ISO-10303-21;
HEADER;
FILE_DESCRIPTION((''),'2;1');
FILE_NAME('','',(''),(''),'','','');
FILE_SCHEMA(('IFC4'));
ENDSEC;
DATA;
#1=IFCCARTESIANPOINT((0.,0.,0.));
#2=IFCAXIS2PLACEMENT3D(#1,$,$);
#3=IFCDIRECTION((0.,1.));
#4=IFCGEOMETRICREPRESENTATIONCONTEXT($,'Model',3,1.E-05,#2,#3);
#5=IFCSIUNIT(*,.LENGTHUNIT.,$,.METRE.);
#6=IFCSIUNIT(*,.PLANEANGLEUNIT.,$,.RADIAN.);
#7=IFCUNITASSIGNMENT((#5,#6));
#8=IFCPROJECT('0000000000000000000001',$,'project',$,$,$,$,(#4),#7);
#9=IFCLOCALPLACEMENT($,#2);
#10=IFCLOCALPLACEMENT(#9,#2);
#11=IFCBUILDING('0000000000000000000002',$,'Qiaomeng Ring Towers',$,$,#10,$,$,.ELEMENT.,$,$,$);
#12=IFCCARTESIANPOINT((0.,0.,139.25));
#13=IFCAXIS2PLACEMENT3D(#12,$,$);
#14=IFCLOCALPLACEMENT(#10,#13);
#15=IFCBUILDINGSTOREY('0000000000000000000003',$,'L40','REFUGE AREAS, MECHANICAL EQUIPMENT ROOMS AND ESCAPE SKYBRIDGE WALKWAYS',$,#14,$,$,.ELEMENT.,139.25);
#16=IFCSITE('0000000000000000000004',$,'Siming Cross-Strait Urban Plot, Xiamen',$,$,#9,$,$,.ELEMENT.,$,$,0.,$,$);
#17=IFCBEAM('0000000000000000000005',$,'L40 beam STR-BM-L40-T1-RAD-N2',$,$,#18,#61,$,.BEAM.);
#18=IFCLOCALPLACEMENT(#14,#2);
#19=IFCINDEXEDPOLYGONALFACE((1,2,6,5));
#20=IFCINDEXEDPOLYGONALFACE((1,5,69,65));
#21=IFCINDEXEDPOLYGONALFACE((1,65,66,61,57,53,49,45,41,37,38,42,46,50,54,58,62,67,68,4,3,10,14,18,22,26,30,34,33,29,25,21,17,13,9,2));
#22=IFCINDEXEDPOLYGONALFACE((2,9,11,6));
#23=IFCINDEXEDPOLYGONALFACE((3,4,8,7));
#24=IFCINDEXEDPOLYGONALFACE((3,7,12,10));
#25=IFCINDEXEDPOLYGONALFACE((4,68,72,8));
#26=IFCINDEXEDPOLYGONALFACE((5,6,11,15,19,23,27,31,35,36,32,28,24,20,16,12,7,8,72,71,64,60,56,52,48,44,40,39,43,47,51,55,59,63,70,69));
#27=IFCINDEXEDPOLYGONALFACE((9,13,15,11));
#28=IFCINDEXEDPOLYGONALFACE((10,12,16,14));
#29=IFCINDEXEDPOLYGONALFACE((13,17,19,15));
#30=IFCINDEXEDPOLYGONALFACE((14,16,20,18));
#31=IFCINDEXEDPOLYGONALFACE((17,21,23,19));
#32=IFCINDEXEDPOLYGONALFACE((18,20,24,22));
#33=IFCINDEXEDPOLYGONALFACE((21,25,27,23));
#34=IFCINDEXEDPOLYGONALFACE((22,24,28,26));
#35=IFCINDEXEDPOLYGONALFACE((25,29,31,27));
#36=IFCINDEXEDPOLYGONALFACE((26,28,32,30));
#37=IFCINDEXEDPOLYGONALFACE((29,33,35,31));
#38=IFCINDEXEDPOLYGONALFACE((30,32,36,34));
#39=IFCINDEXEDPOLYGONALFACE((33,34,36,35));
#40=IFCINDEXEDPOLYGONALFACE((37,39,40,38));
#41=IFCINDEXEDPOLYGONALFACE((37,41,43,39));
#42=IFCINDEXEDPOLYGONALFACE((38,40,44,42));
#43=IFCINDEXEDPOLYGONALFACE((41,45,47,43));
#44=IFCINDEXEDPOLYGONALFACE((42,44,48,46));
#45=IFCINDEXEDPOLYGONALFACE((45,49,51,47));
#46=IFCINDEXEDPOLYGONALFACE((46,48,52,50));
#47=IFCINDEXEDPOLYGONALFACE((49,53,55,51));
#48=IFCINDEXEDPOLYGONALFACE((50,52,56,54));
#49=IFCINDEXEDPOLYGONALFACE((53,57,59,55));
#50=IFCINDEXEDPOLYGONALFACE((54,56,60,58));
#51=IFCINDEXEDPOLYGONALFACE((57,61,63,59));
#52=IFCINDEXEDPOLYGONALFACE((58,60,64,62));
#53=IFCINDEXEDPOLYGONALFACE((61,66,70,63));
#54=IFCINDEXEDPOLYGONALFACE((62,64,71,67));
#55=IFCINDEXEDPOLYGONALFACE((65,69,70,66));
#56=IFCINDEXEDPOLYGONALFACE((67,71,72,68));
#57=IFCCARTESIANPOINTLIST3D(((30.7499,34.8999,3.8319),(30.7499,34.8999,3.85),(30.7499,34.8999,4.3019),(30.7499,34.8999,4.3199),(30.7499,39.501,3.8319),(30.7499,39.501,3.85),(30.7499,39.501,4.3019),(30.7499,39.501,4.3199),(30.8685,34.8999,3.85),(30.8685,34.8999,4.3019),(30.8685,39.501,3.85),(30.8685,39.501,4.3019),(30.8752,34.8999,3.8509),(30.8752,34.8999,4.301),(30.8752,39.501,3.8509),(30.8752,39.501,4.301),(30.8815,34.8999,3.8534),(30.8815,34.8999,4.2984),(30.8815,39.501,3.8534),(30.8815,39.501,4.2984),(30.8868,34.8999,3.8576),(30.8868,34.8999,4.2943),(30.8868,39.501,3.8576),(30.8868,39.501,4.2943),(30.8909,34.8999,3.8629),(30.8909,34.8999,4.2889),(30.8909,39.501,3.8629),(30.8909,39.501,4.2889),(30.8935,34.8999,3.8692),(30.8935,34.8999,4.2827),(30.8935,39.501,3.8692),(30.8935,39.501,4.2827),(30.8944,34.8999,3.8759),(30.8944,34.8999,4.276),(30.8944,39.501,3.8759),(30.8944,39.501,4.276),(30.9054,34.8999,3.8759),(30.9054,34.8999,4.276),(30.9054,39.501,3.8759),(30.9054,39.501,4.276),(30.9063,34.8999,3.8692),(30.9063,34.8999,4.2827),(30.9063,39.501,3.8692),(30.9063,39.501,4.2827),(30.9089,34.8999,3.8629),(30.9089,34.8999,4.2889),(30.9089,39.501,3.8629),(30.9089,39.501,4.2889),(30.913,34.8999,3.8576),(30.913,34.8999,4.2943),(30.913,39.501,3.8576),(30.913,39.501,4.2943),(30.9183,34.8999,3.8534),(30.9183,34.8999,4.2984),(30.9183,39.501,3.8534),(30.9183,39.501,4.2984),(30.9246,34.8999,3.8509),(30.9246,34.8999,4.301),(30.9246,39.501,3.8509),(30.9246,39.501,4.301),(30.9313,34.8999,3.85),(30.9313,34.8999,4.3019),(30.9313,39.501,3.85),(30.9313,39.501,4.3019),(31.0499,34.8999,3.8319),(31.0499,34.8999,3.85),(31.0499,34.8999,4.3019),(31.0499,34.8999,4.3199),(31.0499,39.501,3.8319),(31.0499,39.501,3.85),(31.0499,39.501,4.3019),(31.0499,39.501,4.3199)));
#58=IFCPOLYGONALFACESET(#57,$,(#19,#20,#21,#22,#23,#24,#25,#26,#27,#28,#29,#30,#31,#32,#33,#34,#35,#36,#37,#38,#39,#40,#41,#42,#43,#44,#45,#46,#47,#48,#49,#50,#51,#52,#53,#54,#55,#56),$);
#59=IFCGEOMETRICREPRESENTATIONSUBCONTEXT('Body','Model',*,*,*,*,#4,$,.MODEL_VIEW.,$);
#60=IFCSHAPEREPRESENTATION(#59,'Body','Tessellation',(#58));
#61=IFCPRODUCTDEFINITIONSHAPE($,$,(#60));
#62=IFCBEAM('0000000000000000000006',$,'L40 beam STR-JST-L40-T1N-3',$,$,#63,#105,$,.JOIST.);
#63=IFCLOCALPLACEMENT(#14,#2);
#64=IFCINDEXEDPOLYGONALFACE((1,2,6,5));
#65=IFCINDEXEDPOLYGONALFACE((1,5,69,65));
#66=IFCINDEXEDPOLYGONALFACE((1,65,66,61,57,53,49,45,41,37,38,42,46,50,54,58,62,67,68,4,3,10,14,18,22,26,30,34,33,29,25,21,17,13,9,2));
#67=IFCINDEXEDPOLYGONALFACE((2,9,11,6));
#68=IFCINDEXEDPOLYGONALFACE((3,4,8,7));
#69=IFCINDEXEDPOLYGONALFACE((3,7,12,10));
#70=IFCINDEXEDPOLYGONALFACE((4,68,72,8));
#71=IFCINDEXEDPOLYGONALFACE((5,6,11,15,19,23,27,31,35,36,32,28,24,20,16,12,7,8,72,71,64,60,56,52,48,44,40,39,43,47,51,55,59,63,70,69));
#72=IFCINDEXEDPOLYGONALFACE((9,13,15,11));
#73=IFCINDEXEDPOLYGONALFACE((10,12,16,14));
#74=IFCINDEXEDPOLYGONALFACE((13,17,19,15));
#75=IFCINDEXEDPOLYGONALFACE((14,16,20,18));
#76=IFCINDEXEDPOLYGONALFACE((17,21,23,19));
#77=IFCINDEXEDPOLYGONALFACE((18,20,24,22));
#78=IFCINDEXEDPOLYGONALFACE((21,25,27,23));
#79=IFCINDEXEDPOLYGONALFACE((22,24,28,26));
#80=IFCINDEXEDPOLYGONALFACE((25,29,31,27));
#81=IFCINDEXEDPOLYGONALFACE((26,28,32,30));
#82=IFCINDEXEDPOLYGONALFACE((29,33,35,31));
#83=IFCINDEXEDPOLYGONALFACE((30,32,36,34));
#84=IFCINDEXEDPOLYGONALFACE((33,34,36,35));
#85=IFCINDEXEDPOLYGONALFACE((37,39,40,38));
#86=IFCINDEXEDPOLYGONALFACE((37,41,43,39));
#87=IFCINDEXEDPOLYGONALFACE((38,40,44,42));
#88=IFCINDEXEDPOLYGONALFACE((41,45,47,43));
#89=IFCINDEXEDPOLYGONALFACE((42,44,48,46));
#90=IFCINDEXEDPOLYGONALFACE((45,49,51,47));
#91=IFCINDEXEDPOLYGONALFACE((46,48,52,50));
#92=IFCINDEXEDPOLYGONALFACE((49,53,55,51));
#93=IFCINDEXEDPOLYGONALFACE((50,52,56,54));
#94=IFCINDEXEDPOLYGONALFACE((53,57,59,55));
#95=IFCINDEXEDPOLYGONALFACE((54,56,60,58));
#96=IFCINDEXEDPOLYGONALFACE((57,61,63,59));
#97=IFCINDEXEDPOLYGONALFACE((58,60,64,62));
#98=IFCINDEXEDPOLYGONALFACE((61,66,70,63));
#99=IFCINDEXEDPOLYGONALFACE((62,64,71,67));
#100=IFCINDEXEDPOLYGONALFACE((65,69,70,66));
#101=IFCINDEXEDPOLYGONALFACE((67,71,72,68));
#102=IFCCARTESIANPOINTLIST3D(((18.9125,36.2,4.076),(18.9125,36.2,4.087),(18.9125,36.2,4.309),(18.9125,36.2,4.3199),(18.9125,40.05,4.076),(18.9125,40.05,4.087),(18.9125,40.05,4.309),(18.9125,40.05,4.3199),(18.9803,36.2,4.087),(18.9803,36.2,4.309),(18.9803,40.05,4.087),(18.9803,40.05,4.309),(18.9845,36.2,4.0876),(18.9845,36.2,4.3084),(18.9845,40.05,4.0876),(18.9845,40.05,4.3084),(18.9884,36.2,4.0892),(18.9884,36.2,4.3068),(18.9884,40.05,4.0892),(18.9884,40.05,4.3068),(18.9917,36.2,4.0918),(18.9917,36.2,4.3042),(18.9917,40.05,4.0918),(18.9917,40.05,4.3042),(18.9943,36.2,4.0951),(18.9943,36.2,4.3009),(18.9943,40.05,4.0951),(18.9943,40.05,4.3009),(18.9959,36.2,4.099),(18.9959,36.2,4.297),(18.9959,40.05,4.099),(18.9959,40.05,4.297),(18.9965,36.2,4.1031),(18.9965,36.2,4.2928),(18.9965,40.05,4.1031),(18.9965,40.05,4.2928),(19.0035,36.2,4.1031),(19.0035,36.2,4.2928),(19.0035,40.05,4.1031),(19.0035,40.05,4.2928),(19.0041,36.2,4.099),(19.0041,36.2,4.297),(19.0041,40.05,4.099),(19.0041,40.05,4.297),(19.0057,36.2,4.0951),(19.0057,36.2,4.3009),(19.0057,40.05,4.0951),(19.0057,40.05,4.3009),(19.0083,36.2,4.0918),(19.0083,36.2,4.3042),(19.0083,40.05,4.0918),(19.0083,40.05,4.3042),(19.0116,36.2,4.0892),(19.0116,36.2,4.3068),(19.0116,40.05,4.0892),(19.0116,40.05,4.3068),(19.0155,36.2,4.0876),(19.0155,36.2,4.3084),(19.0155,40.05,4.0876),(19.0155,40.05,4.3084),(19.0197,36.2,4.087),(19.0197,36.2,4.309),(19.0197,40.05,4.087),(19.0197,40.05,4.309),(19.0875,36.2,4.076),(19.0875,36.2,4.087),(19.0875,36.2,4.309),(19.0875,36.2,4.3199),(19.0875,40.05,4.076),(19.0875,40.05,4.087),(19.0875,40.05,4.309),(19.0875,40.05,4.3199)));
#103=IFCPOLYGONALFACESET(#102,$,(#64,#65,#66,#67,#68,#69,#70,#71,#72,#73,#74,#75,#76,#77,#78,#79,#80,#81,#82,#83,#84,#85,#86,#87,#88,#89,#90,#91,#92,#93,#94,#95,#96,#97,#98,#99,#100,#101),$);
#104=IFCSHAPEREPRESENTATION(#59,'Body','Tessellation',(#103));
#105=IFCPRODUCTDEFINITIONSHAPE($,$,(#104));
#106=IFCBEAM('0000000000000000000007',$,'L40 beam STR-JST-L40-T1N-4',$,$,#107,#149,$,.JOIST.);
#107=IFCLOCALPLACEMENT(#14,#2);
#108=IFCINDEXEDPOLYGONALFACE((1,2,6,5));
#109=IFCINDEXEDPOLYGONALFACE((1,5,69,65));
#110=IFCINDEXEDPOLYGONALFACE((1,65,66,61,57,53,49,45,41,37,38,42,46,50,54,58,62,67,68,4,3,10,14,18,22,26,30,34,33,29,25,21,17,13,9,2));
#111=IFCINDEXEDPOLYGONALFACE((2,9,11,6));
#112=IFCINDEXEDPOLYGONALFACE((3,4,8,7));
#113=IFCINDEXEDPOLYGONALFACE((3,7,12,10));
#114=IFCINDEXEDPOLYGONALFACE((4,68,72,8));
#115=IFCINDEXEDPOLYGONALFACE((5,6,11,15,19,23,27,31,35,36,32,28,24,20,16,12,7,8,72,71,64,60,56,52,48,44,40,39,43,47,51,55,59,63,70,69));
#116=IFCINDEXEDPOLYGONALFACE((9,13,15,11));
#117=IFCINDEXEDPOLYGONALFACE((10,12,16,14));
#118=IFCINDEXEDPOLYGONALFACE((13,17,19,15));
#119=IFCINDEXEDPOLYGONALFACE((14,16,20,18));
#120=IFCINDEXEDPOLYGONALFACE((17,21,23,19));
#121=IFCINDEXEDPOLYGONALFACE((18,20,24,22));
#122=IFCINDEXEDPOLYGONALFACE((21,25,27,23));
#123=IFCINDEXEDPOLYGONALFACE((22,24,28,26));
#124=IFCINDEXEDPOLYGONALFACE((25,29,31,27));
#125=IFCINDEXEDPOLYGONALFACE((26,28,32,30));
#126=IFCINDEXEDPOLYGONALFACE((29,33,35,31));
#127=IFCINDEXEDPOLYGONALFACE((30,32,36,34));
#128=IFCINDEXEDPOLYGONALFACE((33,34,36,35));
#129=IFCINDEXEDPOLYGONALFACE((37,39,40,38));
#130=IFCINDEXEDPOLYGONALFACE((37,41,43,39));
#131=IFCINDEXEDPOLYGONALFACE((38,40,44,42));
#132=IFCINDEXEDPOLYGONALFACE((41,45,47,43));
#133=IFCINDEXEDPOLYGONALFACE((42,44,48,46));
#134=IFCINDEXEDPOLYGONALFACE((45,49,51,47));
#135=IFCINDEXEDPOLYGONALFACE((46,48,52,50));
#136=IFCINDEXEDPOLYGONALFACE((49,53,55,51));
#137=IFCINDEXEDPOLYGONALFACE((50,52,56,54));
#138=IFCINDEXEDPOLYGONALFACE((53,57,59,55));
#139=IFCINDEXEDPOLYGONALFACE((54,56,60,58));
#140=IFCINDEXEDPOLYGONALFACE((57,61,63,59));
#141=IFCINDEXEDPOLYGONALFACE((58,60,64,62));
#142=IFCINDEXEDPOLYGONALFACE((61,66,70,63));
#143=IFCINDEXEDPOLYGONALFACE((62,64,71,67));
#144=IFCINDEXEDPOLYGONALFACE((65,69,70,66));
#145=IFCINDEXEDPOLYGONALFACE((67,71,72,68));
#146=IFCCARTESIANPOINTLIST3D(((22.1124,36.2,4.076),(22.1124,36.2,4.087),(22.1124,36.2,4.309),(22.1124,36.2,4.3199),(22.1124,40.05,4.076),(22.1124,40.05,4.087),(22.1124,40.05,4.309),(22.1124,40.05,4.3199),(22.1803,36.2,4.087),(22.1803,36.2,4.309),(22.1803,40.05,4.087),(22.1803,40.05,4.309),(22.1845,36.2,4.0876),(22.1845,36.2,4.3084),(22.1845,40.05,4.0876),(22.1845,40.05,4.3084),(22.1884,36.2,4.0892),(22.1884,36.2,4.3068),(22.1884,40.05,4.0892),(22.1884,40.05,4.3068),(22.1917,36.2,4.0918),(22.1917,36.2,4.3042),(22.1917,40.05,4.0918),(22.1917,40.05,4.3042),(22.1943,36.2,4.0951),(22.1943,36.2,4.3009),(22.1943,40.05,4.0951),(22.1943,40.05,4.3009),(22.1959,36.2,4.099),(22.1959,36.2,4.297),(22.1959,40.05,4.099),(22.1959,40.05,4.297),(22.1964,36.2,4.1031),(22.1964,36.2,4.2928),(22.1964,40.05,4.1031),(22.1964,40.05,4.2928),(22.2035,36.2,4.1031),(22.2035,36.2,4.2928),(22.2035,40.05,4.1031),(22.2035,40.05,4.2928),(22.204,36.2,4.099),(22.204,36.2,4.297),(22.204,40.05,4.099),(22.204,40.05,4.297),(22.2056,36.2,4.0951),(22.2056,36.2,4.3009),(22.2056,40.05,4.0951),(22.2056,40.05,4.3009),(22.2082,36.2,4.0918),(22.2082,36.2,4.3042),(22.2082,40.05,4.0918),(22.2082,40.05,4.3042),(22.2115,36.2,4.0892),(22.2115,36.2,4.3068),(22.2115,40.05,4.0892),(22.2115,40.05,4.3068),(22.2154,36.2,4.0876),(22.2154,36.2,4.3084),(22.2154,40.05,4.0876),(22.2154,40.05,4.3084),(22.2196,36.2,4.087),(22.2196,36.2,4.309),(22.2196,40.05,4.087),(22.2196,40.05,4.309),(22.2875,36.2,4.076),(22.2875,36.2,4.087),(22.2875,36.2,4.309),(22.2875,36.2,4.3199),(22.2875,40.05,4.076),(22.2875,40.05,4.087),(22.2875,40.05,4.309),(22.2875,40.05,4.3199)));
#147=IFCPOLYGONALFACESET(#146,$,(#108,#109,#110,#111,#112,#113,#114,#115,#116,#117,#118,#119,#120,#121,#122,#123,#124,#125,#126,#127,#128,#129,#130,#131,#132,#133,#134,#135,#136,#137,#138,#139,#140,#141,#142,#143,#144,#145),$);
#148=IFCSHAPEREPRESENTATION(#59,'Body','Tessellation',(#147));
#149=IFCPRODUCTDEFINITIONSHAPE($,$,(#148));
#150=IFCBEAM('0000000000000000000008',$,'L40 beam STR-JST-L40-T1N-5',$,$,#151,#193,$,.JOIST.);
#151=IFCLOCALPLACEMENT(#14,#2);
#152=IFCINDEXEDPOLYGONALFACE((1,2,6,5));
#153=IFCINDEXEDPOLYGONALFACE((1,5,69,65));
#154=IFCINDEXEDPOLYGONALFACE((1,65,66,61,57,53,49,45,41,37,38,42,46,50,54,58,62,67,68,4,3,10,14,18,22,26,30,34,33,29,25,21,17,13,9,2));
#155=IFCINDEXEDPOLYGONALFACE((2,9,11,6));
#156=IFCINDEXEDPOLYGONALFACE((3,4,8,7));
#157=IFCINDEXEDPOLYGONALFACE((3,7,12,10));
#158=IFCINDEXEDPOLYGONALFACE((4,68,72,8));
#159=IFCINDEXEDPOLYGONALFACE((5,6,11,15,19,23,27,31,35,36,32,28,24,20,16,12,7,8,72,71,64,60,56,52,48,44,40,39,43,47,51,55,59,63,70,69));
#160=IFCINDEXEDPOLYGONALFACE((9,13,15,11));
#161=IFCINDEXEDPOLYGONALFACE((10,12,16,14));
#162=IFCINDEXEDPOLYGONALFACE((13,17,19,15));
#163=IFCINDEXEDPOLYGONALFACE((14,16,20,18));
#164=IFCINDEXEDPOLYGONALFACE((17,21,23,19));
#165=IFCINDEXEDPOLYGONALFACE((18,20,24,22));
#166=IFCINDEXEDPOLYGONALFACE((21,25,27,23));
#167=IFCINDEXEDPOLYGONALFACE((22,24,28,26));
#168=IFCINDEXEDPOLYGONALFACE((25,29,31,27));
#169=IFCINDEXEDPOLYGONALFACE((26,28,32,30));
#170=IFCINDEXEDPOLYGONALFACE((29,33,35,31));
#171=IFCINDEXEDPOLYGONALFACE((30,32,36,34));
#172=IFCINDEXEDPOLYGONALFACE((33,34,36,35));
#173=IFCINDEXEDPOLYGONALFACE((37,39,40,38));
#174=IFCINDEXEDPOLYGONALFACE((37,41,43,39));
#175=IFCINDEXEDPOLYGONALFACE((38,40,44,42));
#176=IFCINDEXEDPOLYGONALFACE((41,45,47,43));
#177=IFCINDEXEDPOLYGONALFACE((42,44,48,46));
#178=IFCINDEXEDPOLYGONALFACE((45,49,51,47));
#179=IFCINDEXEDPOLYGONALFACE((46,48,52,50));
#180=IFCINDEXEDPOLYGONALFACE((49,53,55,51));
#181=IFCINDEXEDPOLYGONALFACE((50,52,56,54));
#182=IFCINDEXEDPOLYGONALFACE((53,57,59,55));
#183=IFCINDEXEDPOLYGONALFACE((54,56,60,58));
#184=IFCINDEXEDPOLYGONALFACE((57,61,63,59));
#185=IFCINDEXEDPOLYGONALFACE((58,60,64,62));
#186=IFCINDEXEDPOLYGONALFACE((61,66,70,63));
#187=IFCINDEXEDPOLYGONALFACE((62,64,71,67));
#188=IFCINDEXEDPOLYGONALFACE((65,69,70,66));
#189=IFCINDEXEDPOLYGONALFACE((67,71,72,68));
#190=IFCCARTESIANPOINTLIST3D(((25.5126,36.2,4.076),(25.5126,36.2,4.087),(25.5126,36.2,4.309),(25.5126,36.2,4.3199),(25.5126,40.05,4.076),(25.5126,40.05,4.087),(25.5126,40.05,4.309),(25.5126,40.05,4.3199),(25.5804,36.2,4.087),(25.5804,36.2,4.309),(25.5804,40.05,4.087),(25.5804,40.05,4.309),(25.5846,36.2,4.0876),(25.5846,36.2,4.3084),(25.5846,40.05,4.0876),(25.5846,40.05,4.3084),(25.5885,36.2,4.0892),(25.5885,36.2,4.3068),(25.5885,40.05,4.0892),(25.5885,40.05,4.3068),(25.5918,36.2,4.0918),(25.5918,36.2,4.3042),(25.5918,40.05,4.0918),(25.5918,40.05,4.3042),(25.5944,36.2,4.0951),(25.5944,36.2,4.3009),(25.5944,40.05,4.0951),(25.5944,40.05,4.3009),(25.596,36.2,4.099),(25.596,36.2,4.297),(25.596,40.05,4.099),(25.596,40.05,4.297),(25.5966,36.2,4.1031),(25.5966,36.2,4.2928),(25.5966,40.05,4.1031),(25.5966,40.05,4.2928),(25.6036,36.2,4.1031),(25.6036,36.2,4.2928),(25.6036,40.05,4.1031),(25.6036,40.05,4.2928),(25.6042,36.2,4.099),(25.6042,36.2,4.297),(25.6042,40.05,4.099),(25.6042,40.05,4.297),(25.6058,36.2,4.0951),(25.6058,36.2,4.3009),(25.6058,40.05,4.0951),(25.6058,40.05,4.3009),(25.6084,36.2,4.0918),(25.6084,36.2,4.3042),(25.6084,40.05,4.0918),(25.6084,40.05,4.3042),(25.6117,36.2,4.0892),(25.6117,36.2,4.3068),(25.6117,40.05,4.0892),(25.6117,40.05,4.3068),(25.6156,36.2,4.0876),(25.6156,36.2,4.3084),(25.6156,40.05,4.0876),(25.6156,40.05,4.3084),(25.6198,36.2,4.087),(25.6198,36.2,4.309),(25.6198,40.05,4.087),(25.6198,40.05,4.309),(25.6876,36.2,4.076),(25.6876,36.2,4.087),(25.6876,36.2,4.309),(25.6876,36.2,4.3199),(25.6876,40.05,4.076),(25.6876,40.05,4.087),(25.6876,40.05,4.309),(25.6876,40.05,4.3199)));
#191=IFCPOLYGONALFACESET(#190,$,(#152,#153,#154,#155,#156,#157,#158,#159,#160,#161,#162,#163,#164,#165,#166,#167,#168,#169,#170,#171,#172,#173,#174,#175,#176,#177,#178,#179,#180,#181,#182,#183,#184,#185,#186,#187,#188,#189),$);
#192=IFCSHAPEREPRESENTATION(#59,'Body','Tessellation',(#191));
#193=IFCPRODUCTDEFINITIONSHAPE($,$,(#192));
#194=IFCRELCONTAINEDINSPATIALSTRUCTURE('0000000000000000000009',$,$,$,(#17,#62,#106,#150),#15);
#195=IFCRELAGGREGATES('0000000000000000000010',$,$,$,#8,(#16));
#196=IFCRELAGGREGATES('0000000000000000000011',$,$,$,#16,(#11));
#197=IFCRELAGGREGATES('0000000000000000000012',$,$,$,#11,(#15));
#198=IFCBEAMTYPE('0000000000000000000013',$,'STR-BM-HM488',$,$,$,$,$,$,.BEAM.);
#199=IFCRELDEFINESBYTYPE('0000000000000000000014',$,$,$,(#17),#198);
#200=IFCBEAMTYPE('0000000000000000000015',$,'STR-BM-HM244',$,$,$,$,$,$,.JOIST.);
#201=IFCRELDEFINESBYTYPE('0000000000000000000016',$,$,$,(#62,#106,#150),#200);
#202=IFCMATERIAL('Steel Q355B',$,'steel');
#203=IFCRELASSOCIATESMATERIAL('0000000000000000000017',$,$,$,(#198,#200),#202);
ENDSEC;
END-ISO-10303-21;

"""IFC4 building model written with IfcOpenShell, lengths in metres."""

from ifc_helpers import new_model, si_unit, direction, frame, origin, origin_2d, place, context, subcontext, project, spatial, i_section, extrude, source, transform, mapped, material, material_profile, profile_set, type_object, element, save


model = new_model("IFC4")

# Units and contexts
model_context = context("Model", 3, precision=1e-05, world=origin(), true_north=direction((0.0, 1.0)))
body_context = subcontext(model_context, "Body", "Model", "MODEL_VIEW")
ifc_project = project(units=[si_unit("LENGTHUNIT", "METRE"), si_unit("PLANEANGLEUNIT", "RADIAN")], contexts=[model_context])

# Site, building, storey
site_placement = place(None, origin())
site = spatial("IfcSite", under=ifc_project, at=site_placement, Name="Siming Cross-Strait Urban Plot, Xiamen", CompositionType="ELEMENT", RefElevation=0.0)
building_placement = place(site_placement, origin())
building = spatial("IfcBuilding", under=site, at=building_placement, Name="Qiaomeng Ring Towers", CompositionType="ELEMENT")
storey_placement = place(building_placement, frame((0.0, 0.0, 139.25)))
storey = spatial("IfcBuildingStorey", under=building, at=storey_placement, Name="L40", Description="REFUGE AREAS, MECHANICAL EQUIPMENT ROOMS AND ESCAPE SKYBRIDGE WALKWAYS", CompositionType="ELEMENT", Elevation=139.25)

# Beams
ifc_material_1 = material(Name="Steel Q355B", Category="steel")
ifc_material_profile_1 = material_profile(ifc_material_1, i_section(OverallWidth=0.3, OverallDepth=0.488, WebThickness=0.011, FlangeThickness=0.0181, FilletRadius=0.0259, at=origin_2d()), Name="HM 488x300x11x18")
ifc_profile_set_1 = profile_set([ifc_material_profile_1], Name="Steel Q355B")
beam_type_1 = type_object("IfcBeamType", Name="STR-BM-HM488", PredefinedType="BEAM", material=ifc_profile_set_1)
shared_shape_1 = source(origin(), body_context, "Body", "SweptSolid", [
    extrude(i_section(OverallWidth=0.3, OverallDepth=0.488, WebThickness=0.011, FlangeThickness=0.0181, FilletRadius=0.0259, at=origin_2d()), origin(), (0.0, 0.0, 1.0), 4.6011),
])
beam_1_placement = place(storey_placement, frame((30.8999, 39.501, 4.0759), z_axis=(0.0, -1.0, 0.0), x_axis=(1.0, 0.0, 0.0)))
element("IfcBeam", 1, at=beam_1_placement, inside=storey, type_object=beam_type_1, Name="L40 beam STR-BM-L40-T1-RAD-N2", PredefinedType="BEAM", context=body_context, shape_type="MappedRepresentation", body=[
    mapped(shared_shape_1, transform((0.0, 0.0, 0.0), x_axis=(1.0, 0.0, 0.0), y_axis=(0.0, 1.0, 0.0), z_axis=(0.0, 0.0, 1.0), scale=1.0)),
])
ifc_material_profile_2 = material_profile(ifc_material_1, i_section(OverallWidth=0.175, OverallDepth=0.2439, WebThickness=0.0071, FlangeThickness=0.011, FilletRadius=0.0161, at=origin_2d()), Name="HM 244x175x7x11")
ifc_profile_set_2 = profile_set([ifc_material_profile_2], Name="Steel Q355B")
beam_type_2 = type_object("IfcBeamType", Name="STR-BM-HM244", PredefinedType="JOIST", material=ifc_profile_set_2)
shared_shape_2 = source(origin(), body_context, "Body", "SweptSolid", [
    extrude(i_section(OverallWidth=0.175, OverallDepth=0.2439, WebThickness=0.0071, FlangeThickness=0.011, FilletRadius=0.0161, at=origin_2d()), origin(), (0.0, 0.0, 1.0), 3.8501),
])
for number, where, z_axis, x_axis, name in (
    (2, (19.0, 36.2, 4.198), (0.0, 1.0, 0.0), (-1.0, 0.0, 0.0), "L40 beam STR-JST-L40-T1N-3"),
    (3, (22.2, 36.2, 4.198), (0.0, 1.0, 0.0), (-1.0, 0.0, 0.0), "L40 beam STR-JST-L40-T1N-4"),
    (4, (25.6001, 36.2, 4.198), (0.0, 1.0, 0.0), (-1.0, 0.0, 0.0), "L40 beam STR-JST-L40-T1N-5"),
):
    element("IfcBeam", number, at=place(storey_placement, frame(where, z_axis=z_axis, x_axis=x_axis)), inside=storey, type_object=beam_type_2, Name=name, PredefinedType="JOIST", context=body_context, shape_type="MappedRepresentation", body=[
        mapped(shared_shape_2, transform((0.0, 0.0, 0.0), x_axis=(1.0, 0.0, 0.0), y_axis=(0.0, 1.0, 0.0), z_axis=(0.0, 0.0, 1.0), scale=1.0)),
    ])

save(model, "model.ifc")
